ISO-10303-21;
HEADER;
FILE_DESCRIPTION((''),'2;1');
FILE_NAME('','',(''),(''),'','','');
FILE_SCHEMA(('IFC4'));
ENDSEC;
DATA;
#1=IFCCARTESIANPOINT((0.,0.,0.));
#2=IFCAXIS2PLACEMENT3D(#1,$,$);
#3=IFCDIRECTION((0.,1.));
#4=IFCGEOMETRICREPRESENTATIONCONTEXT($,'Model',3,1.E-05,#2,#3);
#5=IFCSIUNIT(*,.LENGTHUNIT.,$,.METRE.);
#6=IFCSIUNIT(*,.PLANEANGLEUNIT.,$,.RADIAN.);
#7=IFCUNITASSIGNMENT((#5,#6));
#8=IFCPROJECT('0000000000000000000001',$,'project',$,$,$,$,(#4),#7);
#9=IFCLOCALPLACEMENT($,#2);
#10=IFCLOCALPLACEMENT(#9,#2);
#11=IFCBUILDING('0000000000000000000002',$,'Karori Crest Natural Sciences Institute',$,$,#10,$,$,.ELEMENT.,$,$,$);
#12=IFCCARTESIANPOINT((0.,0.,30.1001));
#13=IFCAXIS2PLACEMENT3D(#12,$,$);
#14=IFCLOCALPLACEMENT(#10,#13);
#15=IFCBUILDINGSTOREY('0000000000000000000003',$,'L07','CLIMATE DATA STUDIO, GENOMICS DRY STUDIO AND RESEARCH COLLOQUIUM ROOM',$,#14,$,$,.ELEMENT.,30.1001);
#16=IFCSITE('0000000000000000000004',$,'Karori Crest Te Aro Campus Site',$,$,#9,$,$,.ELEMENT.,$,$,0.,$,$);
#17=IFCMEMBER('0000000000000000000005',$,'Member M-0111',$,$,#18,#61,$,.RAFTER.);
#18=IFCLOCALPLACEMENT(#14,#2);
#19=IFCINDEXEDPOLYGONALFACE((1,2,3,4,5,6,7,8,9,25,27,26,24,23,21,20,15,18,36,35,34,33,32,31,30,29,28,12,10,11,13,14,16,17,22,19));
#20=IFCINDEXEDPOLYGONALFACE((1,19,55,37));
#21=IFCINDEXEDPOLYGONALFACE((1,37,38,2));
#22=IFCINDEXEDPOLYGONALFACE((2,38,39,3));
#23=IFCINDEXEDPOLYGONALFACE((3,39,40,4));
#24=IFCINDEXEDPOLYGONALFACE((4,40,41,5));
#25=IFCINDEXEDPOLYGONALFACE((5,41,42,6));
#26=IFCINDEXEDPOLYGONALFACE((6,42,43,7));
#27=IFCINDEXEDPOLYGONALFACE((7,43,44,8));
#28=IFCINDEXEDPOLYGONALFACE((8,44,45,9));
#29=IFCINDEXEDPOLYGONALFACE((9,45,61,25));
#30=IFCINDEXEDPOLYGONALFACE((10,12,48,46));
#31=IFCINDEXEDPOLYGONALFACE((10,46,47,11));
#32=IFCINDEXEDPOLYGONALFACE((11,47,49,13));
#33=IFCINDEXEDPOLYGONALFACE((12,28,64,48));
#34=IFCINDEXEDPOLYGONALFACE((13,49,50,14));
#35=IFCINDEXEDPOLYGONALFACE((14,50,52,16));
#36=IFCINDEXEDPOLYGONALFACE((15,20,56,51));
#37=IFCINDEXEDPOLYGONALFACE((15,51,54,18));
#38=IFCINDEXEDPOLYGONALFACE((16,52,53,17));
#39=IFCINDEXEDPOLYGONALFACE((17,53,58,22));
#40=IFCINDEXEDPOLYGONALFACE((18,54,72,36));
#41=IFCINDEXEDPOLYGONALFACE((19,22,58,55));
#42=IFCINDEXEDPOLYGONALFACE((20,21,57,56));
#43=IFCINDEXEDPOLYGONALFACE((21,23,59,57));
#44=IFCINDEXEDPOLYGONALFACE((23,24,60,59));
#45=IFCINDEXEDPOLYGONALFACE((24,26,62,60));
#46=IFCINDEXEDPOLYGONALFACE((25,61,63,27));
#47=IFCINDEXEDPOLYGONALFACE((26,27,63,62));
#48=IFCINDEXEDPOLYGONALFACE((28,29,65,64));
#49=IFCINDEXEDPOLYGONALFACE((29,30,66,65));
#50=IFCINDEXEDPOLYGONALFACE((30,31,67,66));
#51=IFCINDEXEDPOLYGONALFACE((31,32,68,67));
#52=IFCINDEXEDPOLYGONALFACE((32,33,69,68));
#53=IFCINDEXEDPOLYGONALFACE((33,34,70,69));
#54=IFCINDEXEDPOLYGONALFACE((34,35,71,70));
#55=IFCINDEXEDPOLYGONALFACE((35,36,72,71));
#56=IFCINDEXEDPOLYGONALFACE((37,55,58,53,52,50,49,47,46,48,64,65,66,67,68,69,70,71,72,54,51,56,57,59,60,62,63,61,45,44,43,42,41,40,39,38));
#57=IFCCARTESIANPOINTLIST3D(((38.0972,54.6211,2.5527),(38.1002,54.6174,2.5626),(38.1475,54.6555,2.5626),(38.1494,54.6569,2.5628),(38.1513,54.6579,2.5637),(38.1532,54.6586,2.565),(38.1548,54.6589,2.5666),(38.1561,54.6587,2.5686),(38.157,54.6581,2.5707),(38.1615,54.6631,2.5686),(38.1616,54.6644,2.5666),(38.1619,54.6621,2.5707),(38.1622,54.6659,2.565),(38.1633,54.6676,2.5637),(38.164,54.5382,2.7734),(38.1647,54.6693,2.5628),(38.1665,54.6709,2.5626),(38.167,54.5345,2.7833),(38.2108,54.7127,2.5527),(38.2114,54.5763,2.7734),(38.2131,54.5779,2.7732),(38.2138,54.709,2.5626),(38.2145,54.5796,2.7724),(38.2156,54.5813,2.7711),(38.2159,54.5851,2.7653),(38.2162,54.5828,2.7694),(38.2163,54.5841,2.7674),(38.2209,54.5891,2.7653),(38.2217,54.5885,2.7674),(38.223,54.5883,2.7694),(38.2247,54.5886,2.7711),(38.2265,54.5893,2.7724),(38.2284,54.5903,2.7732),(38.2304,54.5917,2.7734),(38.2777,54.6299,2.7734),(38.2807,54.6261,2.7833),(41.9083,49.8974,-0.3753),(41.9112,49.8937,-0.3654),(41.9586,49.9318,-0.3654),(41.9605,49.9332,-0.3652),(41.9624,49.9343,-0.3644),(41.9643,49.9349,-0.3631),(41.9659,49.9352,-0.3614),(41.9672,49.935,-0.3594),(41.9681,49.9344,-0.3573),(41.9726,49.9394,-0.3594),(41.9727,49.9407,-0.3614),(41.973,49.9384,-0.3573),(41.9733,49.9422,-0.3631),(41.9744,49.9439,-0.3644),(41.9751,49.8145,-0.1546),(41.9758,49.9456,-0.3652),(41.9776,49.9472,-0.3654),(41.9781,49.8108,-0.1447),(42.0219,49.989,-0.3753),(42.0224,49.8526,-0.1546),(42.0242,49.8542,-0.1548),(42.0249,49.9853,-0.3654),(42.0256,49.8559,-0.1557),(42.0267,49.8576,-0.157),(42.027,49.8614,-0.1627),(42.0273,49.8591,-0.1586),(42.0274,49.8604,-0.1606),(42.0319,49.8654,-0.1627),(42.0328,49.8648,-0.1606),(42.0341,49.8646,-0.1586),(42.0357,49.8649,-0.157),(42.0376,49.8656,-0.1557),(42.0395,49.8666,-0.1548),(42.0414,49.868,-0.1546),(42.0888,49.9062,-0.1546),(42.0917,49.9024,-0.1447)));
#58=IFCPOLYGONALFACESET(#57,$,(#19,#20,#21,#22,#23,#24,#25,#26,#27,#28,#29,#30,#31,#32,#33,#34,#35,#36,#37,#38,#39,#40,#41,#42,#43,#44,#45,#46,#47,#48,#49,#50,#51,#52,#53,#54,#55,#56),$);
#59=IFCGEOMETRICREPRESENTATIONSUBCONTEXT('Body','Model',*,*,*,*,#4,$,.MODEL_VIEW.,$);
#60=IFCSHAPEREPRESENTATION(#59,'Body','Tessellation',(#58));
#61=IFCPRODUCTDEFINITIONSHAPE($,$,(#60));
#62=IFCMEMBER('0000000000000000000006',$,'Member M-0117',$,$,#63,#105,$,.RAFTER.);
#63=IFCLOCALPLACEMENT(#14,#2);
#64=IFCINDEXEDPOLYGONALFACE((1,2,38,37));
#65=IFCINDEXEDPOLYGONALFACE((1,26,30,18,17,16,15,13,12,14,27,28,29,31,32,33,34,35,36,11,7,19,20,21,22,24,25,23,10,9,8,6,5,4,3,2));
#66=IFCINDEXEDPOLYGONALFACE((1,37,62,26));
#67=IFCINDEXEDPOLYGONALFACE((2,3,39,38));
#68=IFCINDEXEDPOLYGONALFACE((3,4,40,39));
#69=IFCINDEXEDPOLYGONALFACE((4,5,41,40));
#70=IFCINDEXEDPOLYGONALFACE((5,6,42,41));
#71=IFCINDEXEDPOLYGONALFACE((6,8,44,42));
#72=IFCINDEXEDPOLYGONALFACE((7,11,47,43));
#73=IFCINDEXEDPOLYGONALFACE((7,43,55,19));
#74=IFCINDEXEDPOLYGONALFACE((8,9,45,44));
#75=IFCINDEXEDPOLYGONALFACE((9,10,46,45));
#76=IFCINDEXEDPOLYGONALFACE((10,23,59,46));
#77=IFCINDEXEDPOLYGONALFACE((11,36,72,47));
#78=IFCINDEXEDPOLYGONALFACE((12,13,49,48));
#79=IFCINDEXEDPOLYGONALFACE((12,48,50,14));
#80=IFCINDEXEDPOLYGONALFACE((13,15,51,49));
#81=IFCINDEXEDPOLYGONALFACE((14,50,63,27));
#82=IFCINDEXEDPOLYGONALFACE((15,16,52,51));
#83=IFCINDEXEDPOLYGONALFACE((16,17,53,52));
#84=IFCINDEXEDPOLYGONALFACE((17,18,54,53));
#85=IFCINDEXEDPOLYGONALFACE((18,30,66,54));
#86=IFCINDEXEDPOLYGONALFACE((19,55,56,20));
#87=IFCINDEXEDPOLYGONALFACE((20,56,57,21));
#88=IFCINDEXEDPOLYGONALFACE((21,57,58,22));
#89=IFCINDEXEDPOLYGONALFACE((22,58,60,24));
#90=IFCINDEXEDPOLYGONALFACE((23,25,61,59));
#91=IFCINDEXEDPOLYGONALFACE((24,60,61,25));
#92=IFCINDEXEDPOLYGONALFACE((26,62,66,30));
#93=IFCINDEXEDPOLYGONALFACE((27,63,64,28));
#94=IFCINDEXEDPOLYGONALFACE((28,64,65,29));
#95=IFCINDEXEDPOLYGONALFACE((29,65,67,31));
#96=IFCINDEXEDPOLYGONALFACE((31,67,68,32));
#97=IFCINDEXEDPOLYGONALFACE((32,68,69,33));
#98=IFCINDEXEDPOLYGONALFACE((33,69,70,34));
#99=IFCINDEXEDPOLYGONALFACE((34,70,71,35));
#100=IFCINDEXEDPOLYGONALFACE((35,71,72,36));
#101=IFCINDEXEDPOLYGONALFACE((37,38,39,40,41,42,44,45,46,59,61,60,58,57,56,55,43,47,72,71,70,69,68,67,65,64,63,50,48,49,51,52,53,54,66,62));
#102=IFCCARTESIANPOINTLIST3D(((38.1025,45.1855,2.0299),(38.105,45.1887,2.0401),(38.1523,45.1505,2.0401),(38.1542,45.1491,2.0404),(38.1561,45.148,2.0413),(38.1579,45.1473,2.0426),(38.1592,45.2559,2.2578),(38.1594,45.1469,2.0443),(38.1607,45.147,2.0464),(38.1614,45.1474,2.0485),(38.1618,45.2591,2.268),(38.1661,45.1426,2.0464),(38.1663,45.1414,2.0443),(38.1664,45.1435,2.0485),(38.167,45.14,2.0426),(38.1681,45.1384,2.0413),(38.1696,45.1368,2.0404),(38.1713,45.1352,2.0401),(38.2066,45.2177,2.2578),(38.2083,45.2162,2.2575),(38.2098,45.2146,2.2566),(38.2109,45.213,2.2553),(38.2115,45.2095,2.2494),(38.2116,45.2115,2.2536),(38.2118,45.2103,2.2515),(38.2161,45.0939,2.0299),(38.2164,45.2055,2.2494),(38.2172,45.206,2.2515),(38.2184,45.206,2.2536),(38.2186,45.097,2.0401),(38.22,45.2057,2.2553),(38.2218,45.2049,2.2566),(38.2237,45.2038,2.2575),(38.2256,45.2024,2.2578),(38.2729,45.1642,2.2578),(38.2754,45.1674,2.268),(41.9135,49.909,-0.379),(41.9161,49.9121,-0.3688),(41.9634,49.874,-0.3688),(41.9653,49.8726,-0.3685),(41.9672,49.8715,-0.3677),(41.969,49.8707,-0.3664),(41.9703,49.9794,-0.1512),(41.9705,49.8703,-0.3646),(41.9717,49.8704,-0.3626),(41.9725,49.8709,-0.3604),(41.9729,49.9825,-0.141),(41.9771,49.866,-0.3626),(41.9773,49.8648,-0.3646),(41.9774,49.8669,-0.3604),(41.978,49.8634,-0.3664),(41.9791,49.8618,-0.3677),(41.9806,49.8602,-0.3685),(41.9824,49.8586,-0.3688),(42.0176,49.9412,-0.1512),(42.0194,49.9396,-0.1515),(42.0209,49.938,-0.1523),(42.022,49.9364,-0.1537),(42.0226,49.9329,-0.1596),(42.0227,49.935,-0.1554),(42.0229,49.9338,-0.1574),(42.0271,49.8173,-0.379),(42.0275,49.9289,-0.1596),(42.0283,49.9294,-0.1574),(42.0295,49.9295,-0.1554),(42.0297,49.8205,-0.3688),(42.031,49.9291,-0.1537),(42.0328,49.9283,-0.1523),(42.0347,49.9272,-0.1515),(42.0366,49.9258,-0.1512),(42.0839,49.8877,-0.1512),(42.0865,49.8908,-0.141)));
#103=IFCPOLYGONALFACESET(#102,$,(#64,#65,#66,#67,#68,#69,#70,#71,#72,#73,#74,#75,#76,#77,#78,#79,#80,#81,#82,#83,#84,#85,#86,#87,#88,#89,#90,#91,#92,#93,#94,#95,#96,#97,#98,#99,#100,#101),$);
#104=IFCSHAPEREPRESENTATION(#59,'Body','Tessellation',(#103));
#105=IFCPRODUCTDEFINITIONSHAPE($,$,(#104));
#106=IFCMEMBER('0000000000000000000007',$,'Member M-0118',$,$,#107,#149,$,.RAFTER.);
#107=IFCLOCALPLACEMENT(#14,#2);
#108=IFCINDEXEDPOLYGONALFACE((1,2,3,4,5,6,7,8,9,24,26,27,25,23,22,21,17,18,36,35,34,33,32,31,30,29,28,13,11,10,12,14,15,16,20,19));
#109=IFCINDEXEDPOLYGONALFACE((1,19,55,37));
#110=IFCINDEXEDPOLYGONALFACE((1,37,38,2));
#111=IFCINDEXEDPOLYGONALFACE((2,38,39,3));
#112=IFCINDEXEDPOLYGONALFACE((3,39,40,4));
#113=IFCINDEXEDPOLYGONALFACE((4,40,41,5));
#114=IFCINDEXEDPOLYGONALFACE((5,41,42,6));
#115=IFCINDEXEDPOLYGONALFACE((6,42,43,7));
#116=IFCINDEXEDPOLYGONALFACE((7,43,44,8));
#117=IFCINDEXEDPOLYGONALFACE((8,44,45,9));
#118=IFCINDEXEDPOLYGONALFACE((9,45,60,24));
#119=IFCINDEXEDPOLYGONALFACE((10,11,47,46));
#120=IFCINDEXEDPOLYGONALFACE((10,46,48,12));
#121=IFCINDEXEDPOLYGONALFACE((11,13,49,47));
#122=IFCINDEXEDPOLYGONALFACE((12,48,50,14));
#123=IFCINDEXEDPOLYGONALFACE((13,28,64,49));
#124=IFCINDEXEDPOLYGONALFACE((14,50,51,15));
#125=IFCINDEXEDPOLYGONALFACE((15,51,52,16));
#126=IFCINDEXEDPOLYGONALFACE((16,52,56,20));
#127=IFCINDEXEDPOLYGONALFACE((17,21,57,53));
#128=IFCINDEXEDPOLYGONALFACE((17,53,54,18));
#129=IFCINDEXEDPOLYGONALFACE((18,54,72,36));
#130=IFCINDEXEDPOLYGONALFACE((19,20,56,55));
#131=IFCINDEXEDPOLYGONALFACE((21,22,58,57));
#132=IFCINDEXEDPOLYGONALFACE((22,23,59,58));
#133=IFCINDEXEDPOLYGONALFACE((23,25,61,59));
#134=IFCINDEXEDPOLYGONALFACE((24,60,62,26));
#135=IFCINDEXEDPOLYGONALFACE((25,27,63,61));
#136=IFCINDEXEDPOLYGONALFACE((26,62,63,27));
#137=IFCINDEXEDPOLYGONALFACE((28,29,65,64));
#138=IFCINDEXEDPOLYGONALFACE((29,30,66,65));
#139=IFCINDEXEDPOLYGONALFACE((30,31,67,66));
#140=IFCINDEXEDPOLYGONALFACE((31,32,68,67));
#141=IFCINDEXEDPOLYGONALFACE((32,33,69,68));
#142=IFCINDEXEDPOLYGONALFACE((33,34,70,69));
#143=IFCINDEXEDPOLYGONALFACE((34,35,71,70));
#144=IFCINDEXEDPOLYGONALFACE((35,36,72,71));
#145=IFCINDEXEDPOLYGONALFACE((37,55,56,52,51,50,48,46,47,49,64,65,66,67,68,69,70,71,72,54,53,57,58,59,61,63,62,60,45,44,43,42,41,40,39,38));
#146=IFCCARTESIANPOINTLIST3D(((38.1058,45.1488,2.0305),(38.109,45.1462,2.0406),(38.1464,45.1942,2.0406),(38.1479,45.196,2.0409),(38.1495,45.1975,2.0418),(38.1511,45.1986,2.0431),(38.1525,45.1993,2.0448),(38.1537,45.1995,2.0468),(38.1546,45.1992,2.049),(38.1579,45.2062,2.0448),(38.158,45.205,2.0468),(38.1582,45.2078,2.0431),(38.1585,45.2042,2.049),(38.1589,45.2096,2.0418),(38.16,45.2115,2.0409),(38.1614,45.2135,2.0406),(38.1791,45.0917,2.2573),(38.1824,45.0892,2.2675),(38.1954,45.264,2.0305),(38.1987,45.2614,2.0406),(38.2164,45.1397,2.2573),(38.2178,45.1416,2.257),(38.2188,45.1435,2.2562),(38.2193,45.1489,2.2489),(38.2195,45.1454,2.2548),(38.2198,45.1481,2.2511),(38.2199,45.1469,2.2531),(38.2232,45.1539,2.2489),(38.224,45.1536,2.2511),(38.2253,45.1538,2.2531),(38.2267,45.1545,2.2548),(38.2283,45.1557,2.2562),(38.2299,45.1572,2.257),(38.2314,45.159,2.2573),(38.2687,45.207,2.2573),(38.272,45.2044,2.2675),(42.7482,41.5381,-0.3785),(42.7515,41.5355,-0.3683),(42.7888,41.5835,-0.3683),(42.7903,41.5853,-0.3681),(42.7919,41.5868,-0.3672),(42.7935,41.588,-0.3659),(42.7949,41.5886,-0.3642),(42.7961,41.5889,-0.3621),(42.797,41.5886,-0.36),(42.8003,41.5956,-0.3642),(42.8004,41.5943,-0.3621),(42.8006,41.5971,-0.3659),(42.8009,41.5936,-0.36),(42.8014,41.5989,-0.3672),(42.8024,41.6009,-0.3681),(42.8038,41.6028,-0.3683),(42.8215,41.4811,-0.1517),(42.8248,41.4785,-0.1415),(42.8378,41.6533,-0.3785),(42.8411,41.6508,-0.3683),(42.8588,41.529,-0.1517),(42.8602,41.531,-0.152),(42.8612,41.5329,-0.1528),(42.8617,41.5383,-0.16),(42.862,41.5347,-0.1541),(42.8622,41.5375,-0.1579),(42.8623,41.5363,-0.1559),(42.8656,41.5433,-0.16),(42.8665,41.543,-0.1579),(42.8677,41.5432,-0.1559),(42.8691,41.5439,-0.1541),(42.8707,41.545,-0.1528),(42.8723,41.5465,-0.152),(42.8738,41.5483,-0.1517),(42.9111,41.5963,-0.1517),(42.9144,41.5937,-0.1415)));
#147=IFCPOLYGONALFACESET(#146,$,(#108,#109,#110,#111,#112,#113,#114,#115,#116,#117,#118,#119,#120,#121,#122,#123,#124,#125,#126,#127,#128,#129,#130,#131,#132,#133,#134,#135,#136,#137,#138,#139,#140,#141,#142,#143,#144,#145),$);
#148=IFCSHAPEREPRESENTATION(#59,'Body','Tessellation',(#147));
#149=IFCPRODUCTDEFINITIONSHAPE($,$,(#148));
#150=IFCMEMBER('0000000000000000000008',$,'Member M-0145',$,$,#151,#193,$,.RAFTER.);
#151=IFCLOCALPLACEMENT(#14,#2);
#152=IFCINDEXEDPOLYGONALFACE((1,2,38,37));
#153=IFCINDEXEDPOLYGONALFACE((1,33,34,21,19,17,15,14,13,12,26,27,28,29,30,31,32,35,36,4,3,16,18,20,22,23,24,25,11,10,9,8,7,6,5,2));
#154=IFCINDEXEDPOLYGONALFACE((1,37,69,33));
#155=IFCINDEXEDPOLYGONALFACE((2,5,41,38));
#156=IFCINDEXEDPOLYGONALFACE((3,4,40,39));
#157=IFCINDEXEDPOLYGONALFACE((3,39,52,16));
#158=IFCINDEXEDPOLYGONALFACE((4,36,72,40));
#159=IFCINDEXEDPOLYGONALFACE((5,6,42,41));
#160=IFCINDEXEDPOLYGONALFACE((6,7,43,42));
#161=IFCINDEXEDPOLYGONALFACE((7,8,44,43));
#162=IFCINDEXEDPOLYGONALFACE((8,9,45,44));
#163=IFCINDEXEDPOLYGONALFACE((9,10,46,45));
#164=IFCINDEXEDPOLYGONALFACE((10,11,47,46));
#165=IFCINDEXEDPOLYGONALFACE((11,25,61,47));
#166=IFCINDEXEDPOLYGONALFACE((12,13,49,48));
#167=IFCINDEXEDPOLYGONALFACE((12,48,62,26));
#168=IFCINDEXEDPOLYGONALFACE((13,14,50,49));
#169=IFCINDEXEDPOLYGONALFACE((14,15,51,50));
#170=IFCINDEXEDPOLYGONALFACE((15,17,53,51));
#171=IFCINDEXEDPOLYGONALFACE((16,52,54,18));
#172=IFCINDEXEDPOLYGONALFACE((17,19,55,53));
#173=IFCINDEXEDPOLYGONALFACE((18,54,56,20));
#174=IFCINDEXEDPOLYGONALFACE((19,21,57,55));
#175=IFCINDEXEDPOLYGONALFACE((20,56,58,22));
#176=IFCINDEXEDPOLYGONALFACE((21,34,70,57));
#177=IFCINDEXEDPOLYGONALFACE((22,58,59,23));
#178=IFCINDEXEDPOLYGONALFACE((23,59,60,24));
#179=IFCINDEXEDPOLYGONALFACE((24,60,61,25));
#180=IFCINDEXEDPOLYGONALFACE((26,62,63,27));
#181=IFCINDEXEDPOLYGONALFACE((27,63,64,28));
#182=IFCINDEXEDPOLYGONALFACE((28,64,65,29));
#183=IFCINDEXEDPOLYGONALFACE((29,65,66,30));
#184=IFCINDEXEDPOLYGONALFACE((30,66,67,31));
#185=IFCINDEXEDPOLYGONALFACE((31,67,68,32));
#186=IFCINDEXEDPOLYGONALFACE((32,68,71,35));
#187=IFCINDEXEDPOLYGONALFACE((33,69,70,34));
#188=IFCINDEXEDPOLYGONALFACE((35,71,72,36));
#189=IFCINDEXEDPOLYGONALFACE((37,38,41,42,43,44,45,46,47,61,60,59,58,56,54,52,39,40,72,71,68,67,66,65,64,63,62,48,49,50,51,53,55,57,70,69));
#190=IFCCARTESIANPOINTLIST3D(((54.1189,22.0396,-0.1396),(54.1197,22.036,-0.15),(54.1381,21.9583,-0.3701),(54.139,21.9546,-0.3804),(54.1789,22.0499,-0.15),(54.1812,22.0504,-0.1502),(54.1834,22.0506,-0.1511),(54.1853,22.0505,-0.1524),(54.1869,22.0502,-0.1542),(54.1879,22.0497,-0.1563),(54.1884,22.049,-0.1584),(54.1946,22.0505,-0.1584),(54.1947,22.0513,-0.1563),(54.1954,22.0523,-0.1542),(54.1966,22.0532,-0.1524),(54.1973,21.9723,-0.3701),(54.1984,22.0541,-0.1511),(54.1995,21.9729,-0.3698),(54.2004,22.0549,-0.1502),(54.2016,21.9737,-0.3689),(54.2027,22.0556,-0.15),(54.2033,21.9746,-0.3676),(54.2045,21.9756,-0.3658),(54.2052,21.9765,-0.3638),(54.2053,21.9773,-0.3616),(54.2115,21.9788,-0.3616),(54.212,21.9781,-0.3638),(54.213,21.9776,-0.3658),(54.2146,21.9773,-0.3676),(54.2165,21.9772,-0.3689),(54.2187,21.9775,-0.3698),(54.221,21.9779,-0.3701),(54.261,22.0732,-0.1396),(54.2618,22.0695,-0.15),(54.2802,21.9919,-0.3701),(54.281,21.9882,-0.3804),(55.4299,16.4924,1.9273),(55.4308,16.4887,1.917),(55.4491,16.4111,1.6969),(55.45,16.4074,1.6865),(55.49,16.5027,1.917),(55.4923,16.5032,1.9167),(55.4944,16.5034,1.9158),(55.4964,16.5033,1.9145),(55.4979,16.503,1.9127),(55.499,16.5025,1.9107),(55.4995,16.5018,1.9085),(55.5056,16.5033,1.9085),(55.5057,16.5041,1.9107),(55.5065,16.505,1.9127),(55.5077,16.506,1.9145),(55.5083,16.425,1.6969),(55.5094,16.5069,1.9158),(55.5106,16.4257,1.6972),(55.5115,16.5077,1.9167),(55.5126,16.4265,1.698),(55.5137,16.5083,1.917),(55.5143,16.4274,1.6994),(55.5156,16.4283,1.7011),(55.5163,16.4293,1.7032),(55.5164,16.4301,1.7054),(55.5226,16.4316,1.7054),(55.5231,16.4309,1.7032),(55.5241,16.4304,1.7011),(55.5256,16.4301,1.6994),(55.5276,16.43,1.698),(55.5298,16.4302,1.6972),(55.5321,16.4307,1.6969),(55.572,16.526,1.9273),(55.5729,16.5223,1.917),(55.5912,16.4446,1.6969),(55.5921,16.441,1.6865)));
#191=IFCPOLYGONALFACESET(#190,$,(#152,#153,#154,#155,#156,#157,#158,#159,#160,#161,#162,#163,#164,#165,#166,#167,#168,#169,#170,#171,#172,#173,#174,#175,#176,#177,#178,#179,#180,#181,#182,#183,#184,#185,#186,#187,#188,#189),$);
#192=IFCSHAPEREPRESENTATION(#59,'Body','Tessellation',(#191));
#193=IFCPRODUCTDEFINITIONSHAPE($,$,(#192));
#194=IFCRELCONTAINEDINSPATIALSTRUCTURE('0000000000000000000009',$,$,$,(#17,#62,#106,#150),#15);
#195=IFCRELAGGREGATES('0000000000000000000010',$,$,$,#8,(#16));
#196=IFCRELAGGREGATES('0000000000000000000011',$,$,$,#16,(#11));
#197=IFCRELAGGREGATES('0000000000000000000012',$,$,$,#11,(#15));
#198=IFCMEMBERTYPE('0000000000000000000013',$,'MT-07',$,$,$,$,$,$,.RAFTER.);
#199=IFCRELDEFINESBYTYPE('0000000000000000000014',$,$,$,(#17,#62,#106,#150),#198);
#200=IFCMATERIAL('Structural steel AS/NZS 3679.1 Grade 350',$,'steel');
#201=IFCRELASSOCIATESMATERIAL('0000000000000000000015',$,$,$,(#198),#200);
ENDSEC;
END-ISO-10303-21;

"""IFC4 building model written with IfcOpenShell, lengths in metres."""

from ifc_helpers import new_model, si_unit, direction, frame, origin, origin_2d, place, context, subcontext, project, spatial, i_section, extrude, material, material_profile, profile_set, type_object, element, save


model = new_model("IFC4")

# Units and contexts
model_context = context("Model", 3, precision=1e-05, world=origin(), true_north=direction((0.0, 1.0)))
body_context = subcontext(model_context, "Body", "Model", "MODEL_VIEW")
ifc_project = project(units=[si_unit("LENGTHUNIT", "METRE"), si_unit("PLANEANGLEUNIT", "RADIAN")], contexts=[model_context])

# Site, building, storey
site_placement = place(None, origin())
site = spatial("IfcSite", under=ifc_project, at=site_placement, Name="Karori Crest Te Aro Campus Site", CompositionType="ELEMENT", RefElevation=0.0)
building_placement = place(site_placement, origin())
building = spatial("IfcBuilding", under=site, at=building_placement, Name="Karori Crest Natural Sciences Institute", CompositionType="ELEMENT")
storey_placement = place(building_placement, frame((0.0, 0.0, 30.1001)))
storey = spatial("IfcBuildingStorey", under=building, at=storey_placement, Name="L07", Description="CLIMATE DATA STUDIO, GENOMICS DRY STUDIO AND RESEARCH COLLOQUIUM ROOM", CompositionType="ELEMENT", Elevation=30.1001)

# Members
ifc_material_1 = material(Name="Structural steel AS/NZS 3679.1 Grade 350", Category="steel")
ifc_material_profile_1 = material_profile(ifc_material_1, i_section(OverallWidth=0.146, OverallDepth=0.2561, WebThickness=0.0063, FlangeThickness=0.011, FilletRadius=0.009, at=origin_2d()), Name="250UB37.3")
ifc_profile_set_1 = profile_set([ifc_material_profile_1], Name="Structural steel AS/NZS 3679.1 Grade 350")
member_type_1 = type_object("IfcMemberType", Name="MT-07", PredefinedType="RAFTER", material=ifc_profile_set_1)
member_1_placement = place(storey_placement, frame((42.0, 49.8999, -0.26), z_axis=(-0.565547, 0.700973, 0.434504), x_axis=(-0.77828, -0.627918, 0.0)))
element("IfcMember", 1, at=member_1_placement, inside=storey, type_object=member_type_1, Name="Member M-0111", PredefinedType="RAFTER", context=body_context, shape_type="SweptSolid", body=[
    extrude(i_section(OverallWidth=0.146, OverallDepth=0.2561, WebThickness=0.0063, FlangeThickness=0.011, FilletRadius=0.009, at=origin_2d()), origin(), (0.0, 0.0, 1.0), 6.7388),
])
member_2_placement = place(storey_placement, frame((42.0, 49.8999, -0.26), z_axis=(-0.583644, -0.723367, 0.368918), x_axis=(0.778264, -0.627937, 0.0)))
element("IfcMember", 2, at=member_2_placement, inside=storey, type_object=member_type_1, Name="Member M-0117", PredefinedType="RAFTER", context=body_context, shape_type="SweptSolid", body=[
    extrude(i_section(OverallWidth=0.146, OverallDepth=0.2561, WebThickness=0.0063, FlangeThickness=0.011, FilletRadius=0.009, at=origin_2d()), origin(), (0.0, 0.0, 1.0), 6.5298),
])
member_3_placement = place(storey_placement, frame((42.8313, 41.5659, -0.26), z_axis=(-0.730459, 0.568118, 0.37904), x_axis=(-0.613929, -0.789361, 0.0)))
element("IfcMember", 3, at=member_3_placement, inside=storey, type_object=member_type_1, Name="Member M-0118", PredefinedType="RAFTER", context=body_context, shape_type="SweptSolid", body=[
    extrude(i_section(OverallWidth=0.146, OverallDepth=0.2561, WebThickness=0.0063, FlangeThickness=0.011, FilletRadius=0.009, at=origin_2d()), origin(), (0.0, 0.0, 1.0), 6.3555),
])
member_4_placement = place(storey_placement, frame((54.2, 22.0139, -0.26), z_axis=(0.216231, -0.914895, 0.340896), x_axis=(0.973189, 0.230008, 0.0)))
element("IfcMember", 4, at=member_4_placement, inside=storey, type_object=member_type_1, Name="Member M-0145", PredefinedType="RAFTER", context=body_context, shape_type="SweptSolid", body=[
    extrude(i_section(OverallWidth=0.146, OverallDepth=0.2561, WebThickness=0.0063, FlangeThickness=0.011, FilletRadius=0.009, at=origin_2d()), origin(), (0.0, 0.0, 1.0), 6.0632),
])

save(model, "model.ifc")
